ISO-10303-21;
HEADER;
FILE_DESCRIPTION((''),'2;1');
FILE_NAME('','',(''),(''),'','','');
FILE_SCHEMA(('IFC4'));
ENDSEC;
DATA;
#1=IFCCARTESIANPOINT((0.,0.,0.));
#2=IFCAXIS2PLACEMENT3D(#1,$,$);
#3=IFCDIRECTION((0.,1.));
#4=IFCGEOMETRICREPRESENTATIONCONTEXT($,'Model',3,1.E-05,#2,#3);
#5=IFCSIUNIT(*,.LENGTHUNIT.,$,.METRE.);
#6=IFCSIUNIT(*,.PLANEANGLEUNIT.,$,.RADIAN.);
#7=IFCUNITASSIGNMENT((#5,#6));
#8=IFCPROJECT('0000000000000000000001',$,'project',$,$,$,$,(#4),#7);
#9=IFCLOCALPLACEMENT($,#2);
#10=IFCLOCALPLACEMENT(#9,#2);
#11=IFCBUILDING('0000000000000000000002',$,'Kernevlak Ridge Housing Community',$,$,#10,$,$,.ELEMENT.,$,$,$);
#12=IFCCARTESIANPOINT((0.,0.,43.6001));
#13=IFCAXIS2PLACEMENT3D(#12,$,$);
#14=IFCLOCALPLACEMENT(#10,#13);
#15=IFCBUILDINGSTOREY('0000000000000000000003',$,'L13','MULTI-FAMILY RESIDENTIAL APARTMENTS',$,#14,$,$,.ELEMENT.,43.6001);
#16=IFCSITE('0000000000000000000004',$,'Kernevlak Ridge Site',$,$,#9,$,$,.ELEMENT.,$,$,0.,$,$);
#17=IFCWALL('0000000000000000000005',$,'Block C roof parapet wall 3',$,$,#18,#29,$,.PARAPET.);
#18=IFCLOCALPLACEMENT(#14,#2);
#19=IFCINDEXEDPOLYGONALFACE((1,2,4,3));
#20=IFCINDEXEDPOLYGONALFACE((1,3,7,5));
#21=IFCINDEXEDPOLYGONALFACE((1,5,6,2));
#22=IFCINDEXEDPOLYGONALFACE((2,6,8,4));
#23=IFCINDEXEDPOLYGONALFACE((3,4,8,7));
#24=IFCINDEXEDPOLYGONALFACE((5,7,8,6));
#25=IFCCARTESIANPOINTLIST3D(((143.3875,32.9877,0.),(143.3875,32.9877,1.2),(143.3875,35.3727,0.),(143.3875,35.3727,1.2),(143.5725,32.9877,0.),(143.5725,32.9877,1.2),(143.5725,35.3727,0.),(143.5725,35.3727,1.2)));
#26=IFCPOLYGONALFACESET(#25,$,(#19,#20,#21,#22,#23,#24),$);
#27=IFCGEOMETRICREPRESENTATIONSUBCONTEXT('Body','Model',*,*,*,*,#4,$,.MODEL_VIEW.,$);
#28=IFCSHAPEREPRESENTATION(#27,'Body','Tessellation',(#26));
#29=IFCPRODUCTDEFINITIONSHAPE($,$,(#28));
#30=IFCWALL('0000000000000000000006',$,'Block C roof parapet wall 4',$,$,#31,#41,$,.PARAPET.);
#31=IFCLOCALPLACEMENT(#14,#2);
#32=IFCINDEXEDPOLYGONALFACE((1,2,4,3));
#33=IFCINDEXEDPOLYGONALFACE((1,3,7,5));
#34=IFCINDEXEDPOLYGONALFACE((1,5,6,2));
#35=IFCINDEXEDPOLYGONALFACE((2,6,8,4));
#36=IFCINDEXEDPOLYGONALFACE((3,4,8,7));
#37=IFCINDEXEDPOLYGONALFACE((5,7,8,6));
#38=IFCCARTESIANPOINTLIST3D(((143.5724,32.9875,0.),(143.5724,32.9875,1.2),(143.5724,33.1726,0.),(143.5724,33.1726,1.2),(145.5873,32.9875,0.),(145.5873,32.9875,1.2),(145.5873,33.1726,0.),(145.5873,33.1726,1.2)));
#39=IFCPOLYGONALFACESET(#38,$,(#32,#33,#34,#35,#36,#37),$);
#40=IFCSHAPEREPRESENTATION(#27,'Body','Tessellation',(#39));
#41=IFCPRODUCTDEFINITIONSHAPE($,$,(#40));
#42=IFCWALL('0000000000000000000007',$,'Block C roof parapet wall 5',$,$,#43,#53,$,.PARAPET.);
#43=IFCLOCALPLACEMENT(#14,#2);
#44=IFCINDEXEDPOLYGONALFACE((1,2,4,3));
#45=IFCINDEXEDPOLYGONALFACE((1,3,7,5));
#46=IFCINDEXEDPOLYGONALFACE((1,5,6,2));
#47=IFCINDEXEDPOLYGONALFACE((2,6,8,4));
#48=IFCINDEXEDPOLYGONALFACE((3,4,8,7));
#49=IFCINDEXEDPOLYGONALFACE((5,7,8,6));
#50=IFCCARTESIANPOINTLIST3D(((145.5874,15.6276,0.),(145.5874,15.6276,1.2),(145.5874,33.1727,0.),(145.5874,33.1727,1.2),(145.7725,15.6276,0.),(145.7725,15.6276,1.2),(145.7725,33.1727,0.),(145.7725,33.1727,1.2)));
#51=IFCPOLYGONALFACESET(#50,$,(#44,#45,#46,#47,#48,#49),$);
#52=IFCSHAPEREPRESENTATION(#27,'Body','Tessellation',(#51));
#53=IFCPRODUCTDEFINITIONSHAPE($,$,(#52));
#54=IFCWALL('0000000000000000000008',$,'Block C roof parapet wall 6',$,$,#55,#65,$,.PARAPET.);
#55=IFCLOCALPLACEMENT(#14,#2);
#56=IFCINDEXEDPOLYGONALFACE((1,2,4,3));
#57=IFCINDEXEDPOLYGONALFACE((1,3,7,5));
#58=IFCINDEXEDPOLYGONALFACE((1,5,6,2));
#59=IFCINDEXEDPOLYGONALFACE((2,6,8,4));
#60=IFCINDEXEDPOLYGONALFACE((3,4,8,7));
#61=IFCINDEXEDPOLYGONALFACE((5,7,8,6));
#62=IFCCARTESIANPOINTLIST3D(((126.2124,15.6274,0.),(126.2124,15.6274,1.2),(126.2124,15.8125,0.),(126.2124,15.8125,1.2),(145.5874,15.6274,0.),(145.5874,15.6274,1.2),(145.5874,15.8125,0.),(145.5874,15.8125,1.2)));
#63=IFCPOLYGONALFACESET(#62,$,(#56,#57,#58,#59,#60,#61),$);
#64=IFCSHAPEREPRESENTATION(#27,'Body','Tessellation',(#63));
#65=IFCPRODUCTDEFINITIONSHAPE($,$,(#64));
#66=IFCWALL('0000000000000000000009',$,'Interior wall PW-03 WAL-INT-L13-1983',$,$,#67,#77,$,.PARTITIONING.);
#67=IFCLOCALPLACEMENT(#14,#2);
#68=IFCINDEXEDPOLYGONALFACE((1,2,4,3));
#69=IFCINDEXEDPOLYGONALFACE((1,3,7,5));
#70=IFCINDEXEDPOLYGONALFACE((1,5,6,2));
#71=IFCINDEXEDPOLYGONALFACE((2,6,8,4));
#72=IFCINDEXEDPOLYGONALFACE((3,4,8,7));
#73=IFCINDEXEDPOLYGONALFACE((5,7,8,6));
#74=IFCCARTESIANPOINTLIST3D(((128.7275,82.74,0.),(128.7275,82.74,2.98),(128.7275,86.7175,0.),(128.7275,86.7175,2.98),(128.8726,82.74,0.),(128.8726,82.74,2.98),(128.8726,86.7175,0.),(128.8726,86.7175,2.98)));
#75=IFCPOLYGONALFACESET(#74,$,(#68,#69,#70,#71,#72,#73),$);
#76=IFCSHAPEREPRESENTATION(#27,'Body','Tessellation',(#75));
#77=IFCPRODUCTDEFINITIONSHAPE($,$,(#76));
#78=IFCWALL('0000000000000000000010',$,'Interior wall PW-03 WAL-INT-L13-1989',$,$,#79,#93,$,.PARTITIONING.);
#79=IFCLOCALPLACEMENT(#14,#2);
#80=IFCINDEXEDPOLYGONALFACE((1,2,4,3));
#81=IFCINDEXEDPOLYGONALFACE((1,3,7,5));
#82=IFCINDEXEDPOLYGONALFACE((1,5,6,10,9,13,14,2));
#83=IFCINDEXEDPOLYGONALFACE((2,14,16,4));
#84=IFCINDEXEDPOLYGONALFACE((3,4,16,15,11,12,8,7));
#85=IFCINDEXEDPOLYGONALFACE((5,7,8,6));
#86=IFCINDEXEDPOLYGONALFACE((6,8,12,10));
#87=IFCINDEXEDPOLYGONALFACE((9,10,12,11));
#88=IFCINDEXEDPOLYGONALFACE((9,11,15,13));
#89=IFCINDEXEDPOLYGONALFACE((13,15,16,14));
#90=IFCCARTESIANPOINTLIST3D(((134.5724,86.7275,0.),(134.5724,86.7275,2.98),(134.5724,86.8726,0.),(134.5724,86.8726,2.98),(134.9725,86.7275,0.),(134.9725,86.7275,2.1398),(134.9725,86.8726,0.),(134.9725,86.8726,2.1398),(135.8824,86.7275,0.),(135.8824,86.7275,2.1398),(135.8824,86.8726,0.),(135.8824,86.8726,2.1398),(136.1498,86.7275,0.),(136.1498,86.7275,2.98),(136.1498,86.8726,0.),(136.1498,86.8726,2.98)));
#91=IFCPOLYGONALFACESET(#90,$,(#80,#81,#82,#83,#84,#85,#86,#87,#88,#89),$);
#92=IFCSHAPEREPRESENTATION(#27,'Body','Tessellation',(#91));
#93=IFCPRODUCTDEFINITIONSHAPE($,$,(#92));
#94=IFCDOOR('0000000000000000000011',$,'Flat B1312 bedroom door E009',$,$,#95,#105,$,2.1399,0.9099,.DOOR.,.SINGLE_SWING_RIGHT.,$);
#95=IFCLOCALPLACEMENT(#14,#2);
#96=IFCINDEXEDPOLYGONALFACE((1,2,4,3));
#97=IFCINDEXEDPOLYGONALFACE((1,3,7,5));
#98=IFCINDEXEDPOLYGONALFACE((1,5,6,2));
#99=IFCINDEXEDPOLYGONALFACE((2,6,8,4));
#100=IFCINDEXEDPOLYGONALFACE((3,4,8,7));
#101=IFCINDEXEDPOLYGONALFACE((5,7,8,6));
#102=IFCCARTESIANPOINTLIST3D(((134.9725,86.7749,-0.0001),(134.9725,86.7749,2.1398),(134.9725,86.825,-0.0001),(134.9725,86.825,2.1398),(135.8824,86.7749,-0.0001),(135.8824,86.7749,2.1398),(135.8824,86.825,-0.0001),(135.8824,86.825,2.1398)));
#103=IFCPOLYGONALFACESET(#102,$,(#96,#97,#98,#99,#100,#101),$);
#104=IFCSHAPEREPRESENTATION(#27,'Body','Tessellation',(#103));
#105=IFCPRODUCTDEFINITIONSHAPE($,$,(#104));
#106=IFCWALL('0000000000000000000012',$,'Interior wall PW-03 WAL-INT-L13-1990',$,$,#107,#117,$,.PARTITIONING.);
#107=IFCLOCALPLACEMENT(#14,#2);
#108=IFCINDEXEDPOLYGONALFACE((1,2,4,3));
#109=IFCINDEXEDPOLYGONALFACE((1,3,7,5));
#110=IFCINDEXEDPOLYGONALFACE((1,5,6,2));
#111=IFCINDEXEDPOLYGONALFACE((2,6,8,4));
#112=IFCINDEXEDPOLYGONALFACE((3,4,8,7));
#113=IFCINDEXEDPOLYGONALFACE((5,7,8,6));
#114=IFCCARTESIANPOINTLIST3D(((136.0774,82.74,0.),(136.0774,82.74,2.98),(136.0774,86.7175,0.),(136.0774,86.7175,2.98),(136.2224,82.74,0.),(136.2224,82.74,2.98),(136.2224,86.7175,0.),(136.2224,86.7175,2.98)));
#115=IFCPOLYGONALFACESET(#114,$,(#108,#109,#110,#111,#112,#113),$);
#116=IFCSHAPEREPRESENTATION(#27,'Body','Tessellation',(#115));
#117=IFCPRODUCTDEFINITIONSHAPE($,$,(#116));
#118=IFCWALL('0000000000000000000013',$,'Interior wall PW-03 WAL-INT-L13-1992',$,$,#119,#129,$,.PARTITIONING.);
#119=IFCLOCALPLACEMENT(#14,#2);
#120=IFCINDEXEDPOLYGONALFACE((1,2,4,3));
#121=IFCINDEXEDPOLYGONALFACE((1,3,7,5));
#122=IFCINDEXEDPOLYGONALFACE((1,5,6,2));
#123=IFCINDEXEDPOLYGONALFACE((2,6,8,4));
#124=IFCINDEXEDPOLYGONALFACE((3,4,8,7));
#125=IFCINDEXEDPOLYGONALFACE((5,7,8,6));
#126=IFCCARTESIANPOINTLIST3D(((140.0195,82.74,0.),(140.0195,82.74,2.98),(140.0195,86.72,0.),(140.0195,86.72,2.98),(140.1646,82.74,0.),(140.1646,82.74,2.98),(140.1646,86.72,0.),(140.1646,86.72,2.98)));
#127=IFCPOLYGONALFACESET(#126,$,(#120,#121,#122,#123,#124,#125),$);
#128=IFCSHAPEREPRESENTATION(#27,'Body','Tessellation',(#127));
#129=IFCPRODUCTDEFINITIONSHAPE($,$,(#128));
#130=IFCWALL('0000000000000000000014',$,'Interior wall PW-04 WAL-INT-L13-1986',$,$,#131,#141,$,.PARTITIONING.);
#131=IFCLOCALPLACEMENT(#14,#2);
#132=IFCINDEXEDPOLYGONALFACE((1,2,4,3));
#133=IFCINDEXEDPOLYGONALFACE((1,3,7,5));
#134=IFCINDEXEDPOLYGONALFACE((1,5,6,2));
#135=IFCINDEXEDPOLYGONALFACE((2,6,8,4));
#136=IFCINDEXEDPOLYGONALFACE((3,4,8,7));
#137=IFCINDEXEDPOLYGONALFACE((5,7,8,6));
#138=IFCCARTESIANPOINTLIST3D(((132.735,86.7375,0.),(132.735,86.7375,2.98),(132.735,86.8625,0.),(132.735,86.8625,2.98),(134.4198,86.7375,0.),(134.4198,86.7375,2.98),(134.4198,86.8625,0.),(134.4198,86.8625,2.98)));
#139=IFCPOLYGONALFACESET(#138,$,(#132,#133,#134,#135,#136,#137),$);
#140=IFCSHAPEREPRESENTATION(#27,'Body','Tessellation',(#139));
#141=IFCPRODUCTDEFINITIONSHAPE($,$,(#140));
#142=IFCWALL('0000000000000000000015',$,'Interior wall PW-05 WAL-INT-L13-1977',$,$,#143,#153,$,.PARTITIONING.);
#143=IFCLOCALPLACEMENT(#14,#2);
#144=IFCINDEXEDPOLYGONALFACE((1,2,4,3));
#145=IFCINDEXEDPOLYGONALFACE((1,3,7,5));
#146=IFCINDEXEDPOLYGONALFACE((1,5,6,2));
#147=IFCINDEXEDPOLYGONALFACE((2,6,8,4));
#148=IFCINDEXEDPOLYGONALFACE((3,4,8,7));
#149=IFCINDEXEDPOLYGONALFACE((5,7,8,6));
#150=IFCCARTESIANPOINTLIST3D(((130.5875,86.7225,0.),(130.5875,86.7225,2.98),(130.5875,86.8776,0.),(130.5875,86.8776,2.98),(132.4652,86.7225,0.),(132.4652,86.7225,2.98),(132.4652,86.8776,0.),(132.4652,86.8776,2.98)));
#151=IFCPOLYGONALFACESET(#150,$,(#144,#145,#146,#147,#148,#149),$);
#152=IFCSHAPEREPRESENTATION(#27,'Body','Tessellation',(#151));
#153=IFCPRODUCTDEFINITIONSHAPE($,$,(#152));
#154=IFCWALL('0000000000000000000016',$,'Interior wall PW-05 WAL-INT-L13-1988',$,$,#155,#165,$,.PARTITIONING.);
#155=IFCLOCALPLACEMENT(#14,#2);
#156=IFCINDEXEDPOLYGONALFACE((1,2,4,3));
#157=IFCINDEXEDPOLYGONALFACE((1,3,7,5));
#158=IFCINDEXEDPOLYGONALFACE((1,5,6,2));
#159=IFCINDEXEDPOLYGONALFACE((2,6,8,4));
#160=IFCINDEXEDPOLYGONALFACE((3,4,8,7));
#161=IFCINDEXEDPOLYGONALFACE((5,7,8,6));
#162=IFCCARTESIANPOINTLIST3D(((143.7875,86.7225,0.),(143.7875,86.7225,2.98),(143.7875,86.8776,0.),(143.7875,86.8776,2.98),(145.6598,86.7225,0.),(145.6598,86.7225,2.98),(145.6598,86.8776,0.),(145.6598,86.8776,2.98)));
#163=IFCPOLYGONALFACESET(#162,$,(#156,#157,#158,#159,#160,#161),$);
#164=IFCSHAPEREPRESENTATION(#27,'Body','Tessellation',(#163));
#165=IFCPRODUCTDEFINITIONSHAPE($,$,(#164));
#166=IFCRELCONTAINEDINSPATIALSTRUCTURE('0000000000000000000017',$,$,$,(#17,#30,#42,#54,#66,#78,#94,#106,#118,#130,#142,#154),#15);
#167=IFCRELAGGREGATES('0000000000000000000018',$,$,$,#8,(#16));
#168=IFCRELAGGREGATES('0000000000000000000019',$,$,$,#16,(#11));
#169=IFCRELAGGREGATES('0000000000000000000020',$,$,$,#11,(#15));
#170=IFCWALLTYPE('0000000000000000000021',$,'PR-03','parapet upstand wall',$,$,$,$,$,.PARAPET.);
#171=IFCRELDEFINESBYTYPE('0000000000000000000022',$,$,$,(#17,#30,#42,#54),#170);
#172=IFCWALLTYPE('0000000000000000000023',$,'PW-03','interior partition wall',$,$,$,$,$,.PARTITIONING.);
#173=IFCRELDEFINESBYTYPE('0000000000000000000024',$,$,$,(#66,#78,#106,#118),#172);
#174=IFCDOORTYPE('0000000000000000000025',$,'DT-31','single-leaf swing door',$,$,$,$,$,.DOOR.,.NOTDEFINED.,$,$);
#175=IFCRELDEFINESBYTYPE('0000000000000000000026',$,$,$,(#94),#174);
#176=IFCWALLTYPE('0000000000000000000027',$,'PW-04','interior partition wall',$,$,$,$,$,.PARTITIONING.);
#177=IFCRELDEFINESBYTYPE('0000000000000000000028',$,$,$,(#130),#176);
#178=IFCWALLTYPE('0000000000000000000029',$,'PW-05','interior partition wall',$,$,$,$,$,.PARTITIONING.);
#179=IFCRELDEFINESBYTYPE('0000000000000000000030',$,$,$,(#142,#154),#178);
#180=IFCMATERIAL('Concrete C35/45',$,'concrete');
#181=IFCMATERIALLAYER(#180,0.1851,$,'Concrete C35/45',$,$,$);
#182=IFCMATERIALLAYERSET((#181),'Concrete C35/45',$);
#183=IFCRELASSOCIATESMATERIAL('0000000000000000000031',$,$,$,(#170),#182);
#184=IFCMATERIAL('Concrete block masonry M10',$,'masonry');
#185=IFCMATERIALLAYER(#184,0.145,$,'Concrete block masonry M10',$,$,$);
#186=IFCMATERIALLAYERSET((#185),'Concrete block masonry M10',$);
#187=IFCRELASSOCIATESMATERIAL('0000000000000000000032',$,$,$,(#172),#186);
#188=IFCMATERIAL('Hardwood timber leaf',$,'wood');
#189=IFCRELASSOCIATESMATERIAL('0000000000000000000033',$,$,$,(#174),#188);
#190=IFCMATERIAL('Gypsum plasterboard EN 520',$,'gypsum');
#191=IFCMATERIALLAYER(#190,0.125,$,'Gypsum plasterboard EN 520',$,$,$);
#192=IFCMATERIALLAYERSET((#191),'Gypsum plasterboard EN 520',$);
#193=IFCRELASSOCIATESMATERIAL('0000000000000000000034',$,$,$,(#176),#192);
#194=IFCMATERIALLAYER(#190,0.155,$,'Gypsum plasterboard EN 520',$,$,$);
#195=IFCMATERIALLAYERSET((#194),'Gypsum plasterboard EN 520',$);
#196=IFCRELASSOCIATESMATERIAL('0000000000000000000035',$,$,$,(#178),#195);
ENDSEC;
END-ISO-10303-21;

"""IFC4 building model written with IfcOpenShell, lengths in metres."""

from ifc_helpers import new_model, si_unit, direction, frame, frame_2d, origin, place, context, subcontext, project, spatial, rectangle, extrude, material, layer, layer_set, type_object, element, fill, save


model = new_model("IFC4")

# Units and contexts
model_context = context("Model", 3, precision=1e-05, world=origin(), true_north=direction((0.0, 1.0)))
body_context = subcontext(model_context, "Body", "Model", "MODEL_VIEW")
ifc_project = project(units=[si_unit("LENGTHUNIT", "METRE"), si_unit("PLANEANGLEUNIT", "RADIAN")], contexts=[model_context])

# Site, building, storey
site_placement = place(None, origin())
site = spatial("IfcSite", under=ifc_project, at=site_placement, Name="Kernevlak Ridge Site", CompositionType="ELEMENT", RefElevation=0.0)
building_placement = place(site_placement, origin())
building = spatial("IfcBuilding", under=site, at=building_placement, Name="Kernevlak Ridge Housing Community", CompositionType="ELEMENT")
storey_placement = place(building_placement, frame((0.0, 0.0, 43.6001)))
storey = spatial("IfcBuildingStorey", under=building, at=storey_placement, Name="L13", Description="MULTI-FAMILY RESIDENTIAL APARTMENTS", CompositionType="ELEMENT", Elevation=43.6001)

# Shared definitions
ifc_material_1 = material(Name="Concrete C35/45", Category="concrete")

# Shared definitions
ifc_material_2 = material(Name="Concrete block masonry M10", Category="masonry")

# Walls
ifc_layer_1 = layer(ifc_material_1, 0.1851, Name="Concrete C35/45")
ifc_layer_set_1 = layer_set([ifc_layer_1], Name="Concrete C35/45")
wall_type_1 = type_object("IfcWallType", Name="PR-03", Description="parapet upstand wall", PredefinedType="PARAPET", material=ifc_layer_set_1)
wall_1_placement = place(storey_placement, frame((143.48, 35.3726, 0.0), z_axis=(0.0, 0.0, 1.0), x_axis=(0.0, -1.0, 0.0)))
element("IfcWall", 1, at=wall_1_placement, inside=storey, type_object=wall_type_1, Name="Block C roof parapet wall 3", PredefinedType="PARAPET", context=body_context, shape_type="SweptSolid", body=[
    extrude(rectangle(XDim=2.385, YDim=0.1851, at=frame_2d((1.1924, 0.0))), origin(), (0.0, 0.0, 1.0), 1.2),
])
wall_2_placement = place(storey_placement, frame((143.5725, 33.0801, 0.0), z_axis=(0.0, 0.0, 1.0), x_axis=(1.0, 0.0, 0.0)))
element("IfcWall", 2, at=wall_2_placement, inside=storey, type_object=wall_type_1, Name="Block C roof parapet wall 4", PredefinedType="PARAPET", context=body_context, shape_type="SweptSolid", body=[
    extrude(rectangle(XDim=2.0149, YDim=0.1851, at=frame_2d((1.0073, 0.0))), origin(), (0.0, 0.0, 1.0), 1.2),
])
wall_3_placement = place(storey_placement, frame((145.6799, 33.1726, 0.0), z_axis=(0.0, 0.0, 1.0), x_axis=(0.0, -1.0, 0.0)))
element("IfcWall", 3, at=wall_3_placement, inside=storey, type_object=wall_type_1, Name="Block C roof parapet wall 5", PredefinedType="PARAPET", context=body_context, shape_type="SweptSolid", body=[
    extrude(rectangle(XDim=17.5452, YDim=0.1851, at=frame_2d((8.7725, 0.0))), origin(), (0.0, 0.0, 1.0), 1.2),
])
wall_4_placement = place(storey_placement, frame((145.5874, 15.72, 0.0), z_axis=(0.0, 0.0, 1.0), x_axis=(-1.0, 0.0, 0.0)))
element("IfcWall", 4, at=wall_4_placement, inside=storey, type_object=wall_type_1, Name="Block C roof parapet wall 6", PredefinedType="PARAPET", context=body_context, shape_type="SweptSolid", body=[
    extrude(rectangle(XDim=19.375, YDim=0.1851, at=frame_2d((9.6875, 0.0))), origin(), (0.0, 0.0, 1.0), 1.2),
])
ifc_layer_2 = layer(ifc_material_2, 0.145, Name="Concrete block masonry M10")
ifc_layer_set_2 = layer_set([ifc_layer_2], Name="Concrete block masonry M10")
wall_type_2 = type_object("IfcWallType", Name="PW-03", Description="interior partition wall", PredefinedType="PARTITIONING", material=ifc_layer_set_2)
wall_5_placement = place(storey_placement, frame((128.8, 86.7175, 0.0), z_axis=(0.0, 0.0, 1.0), x_axis=(0.0, -1.0, 0.0)))
element("IfcWall", 5, at=wall_5_placement, inside=storey, type_object=wall_type_2, Name="Interior wall PW-03 WAL-INT-L13-1983", PredefinedType="PARTITIONING", context=body_context, shape_type="SweptSolid", body=[
    extrude(rectangle(XDim=3.9775, YDim=0.145, at=frame_2d((1.9888, 0.0))), origin(), (0.0, 0.0, 1.0), 2.98),
])

# Wall, opening, door
wall_6_placement = place(storey_placement, frame((134.5725, 86.8, 0.0), z_axis=(0.0, 0.0, 1.0), x_axis=(1.0, 0.0, 0.0)))
wall_6 = element("IfcWall", 6, at=wall_6_placement, inside=storey, type_object=wall_type_2, Name="Interior wall PW-03 WAL-INT-L13-1989", PredefinedType="PARTITIONING", context=body_context, shape_type="SweptSolid", body=[
    extrude(rectangle(XDim=1.5774, YDim=0.145, at=frame_2d((0.7886, 0.0))), origin(), (0.0, 0.0, 1.0), 2.98),
])
opening_1_placement = place(wall_6_placement, frame((0.3999, 0.0, 0.0)))
opening_1 = element("IfcOpeningElement", 7, at=opening_1_placement, cuts=wall_6, PredefinedType="OPENING", context=body_context, shape_type="SweptSolid", body=[
    extrude(rectangle(XDim=0.9099, YDim=2.1399, at=frame_2d((0.4551, 1.0698))), frame((0.0, 0.0825, 0.0), z_axis=(0.0, -1.0, 0.0), x_axis=(1.0, 0.0, 0.0)), (0.0, 0.0, 1.0), 0.165),
])
ifc_material_3 = material(Name="Hardwood timber leaf", Category="wood")
door_type_1 = type_object("IfcDoorType", Name="DT-31", Description="single-leaf swing door", OperationType="NOTDEFINED", PredefinedType="DOOR", material=ifc_material_3)
door_1_placement = place(opening_1_placement, origin())
door_1 = element("IfcDoor", 8, at=door_1_placement, inside=storey, type_object=door_type_1, Name="Flat B1312 bedroom door E009", OperationType="SINGLE_SWING_RIGHT", OverallHeight=2.1399, OverallWidth=0.9099, PredefinedType="DOOR", context=body_context, shape_type="SweptSolid", body=[
    extrude(rectangle(XDim=0.9099, YDim=2.1399, at=frame_2d((0.4551, 1.0698))), frame((0.0, 0.0249, 0.0), z_axis=(0.0, -1.0, 0.0), x_axis=(1.0, 0.0, 0.0)), (0.0, 0.0, 1.0), 0.05),
])
fill(opening_1, door_1)

# Walls
wall_7_placement = place(storey_placement, frame((136.1499, 86.7175, 0.0), z_axis=(0.0, 0.0, 1.0), x_axis=(0.0, -1.0, 0.0)))
element("IfcWall", 9, at=wall_7_placement, inside=storey, type_object=wall_type_2, Name="Interior wall PW-03 WAL-INT-L13-1990", PredefinedType="PARTITIONING", context=body_context, shape_type="SweptSolid", body=[
    extrude(rectangle(XDim=3.9775, YDim=0.145, at=frame_2d((1.9888, 0.0))), origin(), (0.0, 0.0, 1.0), 2.98),
])
wall_8_placement = place(storey_placement, frame((140.092, 86.72, 0.0), z_axis=(0.0, 0.0, 1.0), x_axis=(0.0, -1.0, 0.0)))
element("IfcWall", 10, at=wall_8_placement, inside=storey, type_object=wall_type_2, Name="Interior wall PW-03 WAL-INT-L13-1992", PredefinedType="PARTITIONING", context=body_context, shape_type="SweptSolid", body=[
    extrude(rectangle(XDim=3.98, YDim=0.145, at=frame_2d((1.99, 0.0))), origin(), (0.0, 0.0, 1.0), 2.98),
])
ifc_material_4 = material(Name="Gypsum plasterboard EN 520", Category="gypsum")
ifc_layer_3 = layer(ifc_material_4, 0.125, Name="Gypsum plasterboard EN 520")
ifc_layer_set_3 = layer_set([ifc_layer_3], Name="Gypsum plasterboard EN 520")
wall_type_3 = type_object("IfcWallType", Name="PW-04", Description="interior partition wall", PredefinedType="PARTITIONING", material=ifc_layer_set_3)
wall_9_placement = place(storey_placement, frame((132.7351, 86.8, 0.0), z_axis=(0.0, 0.0, 1.0), x_axis=(1.0, 0.0, 0.0)))
element("IfcWall", 11, at=wall_9_placement, inside=storey, type_object=wall_type_3, Name="Interior wall PW-04 WAL-INT-L13-1986", PredefinedType="PARTITIONING", context=body_context, shape_type="SweptSolid", body=[
    extrude(rectangle(XDim=1.6848, YDim=0.125, at=frame_2d((0.8423, 0.0))), origin(), (0.0, 0.0, 1.0), 2.98),
])
ifc_layer_4 = layer(ifc_material_4, 0.155, Name="Gypsum plasterboard EN 520")
ifc_layer_set_4 = layer_set([ifc_layer_4], Name="Gypsum plasterboard EN 520")
wall_type_4 = type_object("IfcWallType", Name="PW-05", Description="interior partition wall", PredefinedType="PARTITIONING", material=ifc_layer_set_4)
wall_10_placement = place(storey_placement, frame((130.5874, 86.8, 0.0), z_axis=(0.0, 0.0, 1.0), x_axis=(1.0, 0.0, 0.0)))
element("IfcWall", 12, at=wall_10_placement, inside=storey, type_object=wall_type_4, Name="Interior wall PW-05 WAL-INT-L13-1977", PredefinedType="PARTITIONING", context=body_context, shape_type="SweptSolid", body=[
    extrude(rectangle(XDim=1.8777, YDim=0.155, at=frame_2d((0.939, 0.0))), origin(), (0.0, 0.0, 1.0), 2.98),
])
wall_11_placement = place(storey_placement, frame((143.7876, 86.8, 0.0), z_axis=(0.0, 0.0, 1.0), x_axis=(1.0, 0.0, 0.0)))
element("IfcWall", 13, at=wall_11_placement, inside=storey, type_object=wall_type_4, Name="Interior wall PW-05 WAL-INT-L13-1988", PredefinedType="PARTITIONING", context=body_context, shape_type="SweptSolid", body=[
    extrude(rectangle(XDim=1.8723, YDim=0.155, at=frame_2d((0.936, 0.0))), origin(), (0.0, 0.0, 1.0), 2.98),
])

save(model, "model.ifc")
